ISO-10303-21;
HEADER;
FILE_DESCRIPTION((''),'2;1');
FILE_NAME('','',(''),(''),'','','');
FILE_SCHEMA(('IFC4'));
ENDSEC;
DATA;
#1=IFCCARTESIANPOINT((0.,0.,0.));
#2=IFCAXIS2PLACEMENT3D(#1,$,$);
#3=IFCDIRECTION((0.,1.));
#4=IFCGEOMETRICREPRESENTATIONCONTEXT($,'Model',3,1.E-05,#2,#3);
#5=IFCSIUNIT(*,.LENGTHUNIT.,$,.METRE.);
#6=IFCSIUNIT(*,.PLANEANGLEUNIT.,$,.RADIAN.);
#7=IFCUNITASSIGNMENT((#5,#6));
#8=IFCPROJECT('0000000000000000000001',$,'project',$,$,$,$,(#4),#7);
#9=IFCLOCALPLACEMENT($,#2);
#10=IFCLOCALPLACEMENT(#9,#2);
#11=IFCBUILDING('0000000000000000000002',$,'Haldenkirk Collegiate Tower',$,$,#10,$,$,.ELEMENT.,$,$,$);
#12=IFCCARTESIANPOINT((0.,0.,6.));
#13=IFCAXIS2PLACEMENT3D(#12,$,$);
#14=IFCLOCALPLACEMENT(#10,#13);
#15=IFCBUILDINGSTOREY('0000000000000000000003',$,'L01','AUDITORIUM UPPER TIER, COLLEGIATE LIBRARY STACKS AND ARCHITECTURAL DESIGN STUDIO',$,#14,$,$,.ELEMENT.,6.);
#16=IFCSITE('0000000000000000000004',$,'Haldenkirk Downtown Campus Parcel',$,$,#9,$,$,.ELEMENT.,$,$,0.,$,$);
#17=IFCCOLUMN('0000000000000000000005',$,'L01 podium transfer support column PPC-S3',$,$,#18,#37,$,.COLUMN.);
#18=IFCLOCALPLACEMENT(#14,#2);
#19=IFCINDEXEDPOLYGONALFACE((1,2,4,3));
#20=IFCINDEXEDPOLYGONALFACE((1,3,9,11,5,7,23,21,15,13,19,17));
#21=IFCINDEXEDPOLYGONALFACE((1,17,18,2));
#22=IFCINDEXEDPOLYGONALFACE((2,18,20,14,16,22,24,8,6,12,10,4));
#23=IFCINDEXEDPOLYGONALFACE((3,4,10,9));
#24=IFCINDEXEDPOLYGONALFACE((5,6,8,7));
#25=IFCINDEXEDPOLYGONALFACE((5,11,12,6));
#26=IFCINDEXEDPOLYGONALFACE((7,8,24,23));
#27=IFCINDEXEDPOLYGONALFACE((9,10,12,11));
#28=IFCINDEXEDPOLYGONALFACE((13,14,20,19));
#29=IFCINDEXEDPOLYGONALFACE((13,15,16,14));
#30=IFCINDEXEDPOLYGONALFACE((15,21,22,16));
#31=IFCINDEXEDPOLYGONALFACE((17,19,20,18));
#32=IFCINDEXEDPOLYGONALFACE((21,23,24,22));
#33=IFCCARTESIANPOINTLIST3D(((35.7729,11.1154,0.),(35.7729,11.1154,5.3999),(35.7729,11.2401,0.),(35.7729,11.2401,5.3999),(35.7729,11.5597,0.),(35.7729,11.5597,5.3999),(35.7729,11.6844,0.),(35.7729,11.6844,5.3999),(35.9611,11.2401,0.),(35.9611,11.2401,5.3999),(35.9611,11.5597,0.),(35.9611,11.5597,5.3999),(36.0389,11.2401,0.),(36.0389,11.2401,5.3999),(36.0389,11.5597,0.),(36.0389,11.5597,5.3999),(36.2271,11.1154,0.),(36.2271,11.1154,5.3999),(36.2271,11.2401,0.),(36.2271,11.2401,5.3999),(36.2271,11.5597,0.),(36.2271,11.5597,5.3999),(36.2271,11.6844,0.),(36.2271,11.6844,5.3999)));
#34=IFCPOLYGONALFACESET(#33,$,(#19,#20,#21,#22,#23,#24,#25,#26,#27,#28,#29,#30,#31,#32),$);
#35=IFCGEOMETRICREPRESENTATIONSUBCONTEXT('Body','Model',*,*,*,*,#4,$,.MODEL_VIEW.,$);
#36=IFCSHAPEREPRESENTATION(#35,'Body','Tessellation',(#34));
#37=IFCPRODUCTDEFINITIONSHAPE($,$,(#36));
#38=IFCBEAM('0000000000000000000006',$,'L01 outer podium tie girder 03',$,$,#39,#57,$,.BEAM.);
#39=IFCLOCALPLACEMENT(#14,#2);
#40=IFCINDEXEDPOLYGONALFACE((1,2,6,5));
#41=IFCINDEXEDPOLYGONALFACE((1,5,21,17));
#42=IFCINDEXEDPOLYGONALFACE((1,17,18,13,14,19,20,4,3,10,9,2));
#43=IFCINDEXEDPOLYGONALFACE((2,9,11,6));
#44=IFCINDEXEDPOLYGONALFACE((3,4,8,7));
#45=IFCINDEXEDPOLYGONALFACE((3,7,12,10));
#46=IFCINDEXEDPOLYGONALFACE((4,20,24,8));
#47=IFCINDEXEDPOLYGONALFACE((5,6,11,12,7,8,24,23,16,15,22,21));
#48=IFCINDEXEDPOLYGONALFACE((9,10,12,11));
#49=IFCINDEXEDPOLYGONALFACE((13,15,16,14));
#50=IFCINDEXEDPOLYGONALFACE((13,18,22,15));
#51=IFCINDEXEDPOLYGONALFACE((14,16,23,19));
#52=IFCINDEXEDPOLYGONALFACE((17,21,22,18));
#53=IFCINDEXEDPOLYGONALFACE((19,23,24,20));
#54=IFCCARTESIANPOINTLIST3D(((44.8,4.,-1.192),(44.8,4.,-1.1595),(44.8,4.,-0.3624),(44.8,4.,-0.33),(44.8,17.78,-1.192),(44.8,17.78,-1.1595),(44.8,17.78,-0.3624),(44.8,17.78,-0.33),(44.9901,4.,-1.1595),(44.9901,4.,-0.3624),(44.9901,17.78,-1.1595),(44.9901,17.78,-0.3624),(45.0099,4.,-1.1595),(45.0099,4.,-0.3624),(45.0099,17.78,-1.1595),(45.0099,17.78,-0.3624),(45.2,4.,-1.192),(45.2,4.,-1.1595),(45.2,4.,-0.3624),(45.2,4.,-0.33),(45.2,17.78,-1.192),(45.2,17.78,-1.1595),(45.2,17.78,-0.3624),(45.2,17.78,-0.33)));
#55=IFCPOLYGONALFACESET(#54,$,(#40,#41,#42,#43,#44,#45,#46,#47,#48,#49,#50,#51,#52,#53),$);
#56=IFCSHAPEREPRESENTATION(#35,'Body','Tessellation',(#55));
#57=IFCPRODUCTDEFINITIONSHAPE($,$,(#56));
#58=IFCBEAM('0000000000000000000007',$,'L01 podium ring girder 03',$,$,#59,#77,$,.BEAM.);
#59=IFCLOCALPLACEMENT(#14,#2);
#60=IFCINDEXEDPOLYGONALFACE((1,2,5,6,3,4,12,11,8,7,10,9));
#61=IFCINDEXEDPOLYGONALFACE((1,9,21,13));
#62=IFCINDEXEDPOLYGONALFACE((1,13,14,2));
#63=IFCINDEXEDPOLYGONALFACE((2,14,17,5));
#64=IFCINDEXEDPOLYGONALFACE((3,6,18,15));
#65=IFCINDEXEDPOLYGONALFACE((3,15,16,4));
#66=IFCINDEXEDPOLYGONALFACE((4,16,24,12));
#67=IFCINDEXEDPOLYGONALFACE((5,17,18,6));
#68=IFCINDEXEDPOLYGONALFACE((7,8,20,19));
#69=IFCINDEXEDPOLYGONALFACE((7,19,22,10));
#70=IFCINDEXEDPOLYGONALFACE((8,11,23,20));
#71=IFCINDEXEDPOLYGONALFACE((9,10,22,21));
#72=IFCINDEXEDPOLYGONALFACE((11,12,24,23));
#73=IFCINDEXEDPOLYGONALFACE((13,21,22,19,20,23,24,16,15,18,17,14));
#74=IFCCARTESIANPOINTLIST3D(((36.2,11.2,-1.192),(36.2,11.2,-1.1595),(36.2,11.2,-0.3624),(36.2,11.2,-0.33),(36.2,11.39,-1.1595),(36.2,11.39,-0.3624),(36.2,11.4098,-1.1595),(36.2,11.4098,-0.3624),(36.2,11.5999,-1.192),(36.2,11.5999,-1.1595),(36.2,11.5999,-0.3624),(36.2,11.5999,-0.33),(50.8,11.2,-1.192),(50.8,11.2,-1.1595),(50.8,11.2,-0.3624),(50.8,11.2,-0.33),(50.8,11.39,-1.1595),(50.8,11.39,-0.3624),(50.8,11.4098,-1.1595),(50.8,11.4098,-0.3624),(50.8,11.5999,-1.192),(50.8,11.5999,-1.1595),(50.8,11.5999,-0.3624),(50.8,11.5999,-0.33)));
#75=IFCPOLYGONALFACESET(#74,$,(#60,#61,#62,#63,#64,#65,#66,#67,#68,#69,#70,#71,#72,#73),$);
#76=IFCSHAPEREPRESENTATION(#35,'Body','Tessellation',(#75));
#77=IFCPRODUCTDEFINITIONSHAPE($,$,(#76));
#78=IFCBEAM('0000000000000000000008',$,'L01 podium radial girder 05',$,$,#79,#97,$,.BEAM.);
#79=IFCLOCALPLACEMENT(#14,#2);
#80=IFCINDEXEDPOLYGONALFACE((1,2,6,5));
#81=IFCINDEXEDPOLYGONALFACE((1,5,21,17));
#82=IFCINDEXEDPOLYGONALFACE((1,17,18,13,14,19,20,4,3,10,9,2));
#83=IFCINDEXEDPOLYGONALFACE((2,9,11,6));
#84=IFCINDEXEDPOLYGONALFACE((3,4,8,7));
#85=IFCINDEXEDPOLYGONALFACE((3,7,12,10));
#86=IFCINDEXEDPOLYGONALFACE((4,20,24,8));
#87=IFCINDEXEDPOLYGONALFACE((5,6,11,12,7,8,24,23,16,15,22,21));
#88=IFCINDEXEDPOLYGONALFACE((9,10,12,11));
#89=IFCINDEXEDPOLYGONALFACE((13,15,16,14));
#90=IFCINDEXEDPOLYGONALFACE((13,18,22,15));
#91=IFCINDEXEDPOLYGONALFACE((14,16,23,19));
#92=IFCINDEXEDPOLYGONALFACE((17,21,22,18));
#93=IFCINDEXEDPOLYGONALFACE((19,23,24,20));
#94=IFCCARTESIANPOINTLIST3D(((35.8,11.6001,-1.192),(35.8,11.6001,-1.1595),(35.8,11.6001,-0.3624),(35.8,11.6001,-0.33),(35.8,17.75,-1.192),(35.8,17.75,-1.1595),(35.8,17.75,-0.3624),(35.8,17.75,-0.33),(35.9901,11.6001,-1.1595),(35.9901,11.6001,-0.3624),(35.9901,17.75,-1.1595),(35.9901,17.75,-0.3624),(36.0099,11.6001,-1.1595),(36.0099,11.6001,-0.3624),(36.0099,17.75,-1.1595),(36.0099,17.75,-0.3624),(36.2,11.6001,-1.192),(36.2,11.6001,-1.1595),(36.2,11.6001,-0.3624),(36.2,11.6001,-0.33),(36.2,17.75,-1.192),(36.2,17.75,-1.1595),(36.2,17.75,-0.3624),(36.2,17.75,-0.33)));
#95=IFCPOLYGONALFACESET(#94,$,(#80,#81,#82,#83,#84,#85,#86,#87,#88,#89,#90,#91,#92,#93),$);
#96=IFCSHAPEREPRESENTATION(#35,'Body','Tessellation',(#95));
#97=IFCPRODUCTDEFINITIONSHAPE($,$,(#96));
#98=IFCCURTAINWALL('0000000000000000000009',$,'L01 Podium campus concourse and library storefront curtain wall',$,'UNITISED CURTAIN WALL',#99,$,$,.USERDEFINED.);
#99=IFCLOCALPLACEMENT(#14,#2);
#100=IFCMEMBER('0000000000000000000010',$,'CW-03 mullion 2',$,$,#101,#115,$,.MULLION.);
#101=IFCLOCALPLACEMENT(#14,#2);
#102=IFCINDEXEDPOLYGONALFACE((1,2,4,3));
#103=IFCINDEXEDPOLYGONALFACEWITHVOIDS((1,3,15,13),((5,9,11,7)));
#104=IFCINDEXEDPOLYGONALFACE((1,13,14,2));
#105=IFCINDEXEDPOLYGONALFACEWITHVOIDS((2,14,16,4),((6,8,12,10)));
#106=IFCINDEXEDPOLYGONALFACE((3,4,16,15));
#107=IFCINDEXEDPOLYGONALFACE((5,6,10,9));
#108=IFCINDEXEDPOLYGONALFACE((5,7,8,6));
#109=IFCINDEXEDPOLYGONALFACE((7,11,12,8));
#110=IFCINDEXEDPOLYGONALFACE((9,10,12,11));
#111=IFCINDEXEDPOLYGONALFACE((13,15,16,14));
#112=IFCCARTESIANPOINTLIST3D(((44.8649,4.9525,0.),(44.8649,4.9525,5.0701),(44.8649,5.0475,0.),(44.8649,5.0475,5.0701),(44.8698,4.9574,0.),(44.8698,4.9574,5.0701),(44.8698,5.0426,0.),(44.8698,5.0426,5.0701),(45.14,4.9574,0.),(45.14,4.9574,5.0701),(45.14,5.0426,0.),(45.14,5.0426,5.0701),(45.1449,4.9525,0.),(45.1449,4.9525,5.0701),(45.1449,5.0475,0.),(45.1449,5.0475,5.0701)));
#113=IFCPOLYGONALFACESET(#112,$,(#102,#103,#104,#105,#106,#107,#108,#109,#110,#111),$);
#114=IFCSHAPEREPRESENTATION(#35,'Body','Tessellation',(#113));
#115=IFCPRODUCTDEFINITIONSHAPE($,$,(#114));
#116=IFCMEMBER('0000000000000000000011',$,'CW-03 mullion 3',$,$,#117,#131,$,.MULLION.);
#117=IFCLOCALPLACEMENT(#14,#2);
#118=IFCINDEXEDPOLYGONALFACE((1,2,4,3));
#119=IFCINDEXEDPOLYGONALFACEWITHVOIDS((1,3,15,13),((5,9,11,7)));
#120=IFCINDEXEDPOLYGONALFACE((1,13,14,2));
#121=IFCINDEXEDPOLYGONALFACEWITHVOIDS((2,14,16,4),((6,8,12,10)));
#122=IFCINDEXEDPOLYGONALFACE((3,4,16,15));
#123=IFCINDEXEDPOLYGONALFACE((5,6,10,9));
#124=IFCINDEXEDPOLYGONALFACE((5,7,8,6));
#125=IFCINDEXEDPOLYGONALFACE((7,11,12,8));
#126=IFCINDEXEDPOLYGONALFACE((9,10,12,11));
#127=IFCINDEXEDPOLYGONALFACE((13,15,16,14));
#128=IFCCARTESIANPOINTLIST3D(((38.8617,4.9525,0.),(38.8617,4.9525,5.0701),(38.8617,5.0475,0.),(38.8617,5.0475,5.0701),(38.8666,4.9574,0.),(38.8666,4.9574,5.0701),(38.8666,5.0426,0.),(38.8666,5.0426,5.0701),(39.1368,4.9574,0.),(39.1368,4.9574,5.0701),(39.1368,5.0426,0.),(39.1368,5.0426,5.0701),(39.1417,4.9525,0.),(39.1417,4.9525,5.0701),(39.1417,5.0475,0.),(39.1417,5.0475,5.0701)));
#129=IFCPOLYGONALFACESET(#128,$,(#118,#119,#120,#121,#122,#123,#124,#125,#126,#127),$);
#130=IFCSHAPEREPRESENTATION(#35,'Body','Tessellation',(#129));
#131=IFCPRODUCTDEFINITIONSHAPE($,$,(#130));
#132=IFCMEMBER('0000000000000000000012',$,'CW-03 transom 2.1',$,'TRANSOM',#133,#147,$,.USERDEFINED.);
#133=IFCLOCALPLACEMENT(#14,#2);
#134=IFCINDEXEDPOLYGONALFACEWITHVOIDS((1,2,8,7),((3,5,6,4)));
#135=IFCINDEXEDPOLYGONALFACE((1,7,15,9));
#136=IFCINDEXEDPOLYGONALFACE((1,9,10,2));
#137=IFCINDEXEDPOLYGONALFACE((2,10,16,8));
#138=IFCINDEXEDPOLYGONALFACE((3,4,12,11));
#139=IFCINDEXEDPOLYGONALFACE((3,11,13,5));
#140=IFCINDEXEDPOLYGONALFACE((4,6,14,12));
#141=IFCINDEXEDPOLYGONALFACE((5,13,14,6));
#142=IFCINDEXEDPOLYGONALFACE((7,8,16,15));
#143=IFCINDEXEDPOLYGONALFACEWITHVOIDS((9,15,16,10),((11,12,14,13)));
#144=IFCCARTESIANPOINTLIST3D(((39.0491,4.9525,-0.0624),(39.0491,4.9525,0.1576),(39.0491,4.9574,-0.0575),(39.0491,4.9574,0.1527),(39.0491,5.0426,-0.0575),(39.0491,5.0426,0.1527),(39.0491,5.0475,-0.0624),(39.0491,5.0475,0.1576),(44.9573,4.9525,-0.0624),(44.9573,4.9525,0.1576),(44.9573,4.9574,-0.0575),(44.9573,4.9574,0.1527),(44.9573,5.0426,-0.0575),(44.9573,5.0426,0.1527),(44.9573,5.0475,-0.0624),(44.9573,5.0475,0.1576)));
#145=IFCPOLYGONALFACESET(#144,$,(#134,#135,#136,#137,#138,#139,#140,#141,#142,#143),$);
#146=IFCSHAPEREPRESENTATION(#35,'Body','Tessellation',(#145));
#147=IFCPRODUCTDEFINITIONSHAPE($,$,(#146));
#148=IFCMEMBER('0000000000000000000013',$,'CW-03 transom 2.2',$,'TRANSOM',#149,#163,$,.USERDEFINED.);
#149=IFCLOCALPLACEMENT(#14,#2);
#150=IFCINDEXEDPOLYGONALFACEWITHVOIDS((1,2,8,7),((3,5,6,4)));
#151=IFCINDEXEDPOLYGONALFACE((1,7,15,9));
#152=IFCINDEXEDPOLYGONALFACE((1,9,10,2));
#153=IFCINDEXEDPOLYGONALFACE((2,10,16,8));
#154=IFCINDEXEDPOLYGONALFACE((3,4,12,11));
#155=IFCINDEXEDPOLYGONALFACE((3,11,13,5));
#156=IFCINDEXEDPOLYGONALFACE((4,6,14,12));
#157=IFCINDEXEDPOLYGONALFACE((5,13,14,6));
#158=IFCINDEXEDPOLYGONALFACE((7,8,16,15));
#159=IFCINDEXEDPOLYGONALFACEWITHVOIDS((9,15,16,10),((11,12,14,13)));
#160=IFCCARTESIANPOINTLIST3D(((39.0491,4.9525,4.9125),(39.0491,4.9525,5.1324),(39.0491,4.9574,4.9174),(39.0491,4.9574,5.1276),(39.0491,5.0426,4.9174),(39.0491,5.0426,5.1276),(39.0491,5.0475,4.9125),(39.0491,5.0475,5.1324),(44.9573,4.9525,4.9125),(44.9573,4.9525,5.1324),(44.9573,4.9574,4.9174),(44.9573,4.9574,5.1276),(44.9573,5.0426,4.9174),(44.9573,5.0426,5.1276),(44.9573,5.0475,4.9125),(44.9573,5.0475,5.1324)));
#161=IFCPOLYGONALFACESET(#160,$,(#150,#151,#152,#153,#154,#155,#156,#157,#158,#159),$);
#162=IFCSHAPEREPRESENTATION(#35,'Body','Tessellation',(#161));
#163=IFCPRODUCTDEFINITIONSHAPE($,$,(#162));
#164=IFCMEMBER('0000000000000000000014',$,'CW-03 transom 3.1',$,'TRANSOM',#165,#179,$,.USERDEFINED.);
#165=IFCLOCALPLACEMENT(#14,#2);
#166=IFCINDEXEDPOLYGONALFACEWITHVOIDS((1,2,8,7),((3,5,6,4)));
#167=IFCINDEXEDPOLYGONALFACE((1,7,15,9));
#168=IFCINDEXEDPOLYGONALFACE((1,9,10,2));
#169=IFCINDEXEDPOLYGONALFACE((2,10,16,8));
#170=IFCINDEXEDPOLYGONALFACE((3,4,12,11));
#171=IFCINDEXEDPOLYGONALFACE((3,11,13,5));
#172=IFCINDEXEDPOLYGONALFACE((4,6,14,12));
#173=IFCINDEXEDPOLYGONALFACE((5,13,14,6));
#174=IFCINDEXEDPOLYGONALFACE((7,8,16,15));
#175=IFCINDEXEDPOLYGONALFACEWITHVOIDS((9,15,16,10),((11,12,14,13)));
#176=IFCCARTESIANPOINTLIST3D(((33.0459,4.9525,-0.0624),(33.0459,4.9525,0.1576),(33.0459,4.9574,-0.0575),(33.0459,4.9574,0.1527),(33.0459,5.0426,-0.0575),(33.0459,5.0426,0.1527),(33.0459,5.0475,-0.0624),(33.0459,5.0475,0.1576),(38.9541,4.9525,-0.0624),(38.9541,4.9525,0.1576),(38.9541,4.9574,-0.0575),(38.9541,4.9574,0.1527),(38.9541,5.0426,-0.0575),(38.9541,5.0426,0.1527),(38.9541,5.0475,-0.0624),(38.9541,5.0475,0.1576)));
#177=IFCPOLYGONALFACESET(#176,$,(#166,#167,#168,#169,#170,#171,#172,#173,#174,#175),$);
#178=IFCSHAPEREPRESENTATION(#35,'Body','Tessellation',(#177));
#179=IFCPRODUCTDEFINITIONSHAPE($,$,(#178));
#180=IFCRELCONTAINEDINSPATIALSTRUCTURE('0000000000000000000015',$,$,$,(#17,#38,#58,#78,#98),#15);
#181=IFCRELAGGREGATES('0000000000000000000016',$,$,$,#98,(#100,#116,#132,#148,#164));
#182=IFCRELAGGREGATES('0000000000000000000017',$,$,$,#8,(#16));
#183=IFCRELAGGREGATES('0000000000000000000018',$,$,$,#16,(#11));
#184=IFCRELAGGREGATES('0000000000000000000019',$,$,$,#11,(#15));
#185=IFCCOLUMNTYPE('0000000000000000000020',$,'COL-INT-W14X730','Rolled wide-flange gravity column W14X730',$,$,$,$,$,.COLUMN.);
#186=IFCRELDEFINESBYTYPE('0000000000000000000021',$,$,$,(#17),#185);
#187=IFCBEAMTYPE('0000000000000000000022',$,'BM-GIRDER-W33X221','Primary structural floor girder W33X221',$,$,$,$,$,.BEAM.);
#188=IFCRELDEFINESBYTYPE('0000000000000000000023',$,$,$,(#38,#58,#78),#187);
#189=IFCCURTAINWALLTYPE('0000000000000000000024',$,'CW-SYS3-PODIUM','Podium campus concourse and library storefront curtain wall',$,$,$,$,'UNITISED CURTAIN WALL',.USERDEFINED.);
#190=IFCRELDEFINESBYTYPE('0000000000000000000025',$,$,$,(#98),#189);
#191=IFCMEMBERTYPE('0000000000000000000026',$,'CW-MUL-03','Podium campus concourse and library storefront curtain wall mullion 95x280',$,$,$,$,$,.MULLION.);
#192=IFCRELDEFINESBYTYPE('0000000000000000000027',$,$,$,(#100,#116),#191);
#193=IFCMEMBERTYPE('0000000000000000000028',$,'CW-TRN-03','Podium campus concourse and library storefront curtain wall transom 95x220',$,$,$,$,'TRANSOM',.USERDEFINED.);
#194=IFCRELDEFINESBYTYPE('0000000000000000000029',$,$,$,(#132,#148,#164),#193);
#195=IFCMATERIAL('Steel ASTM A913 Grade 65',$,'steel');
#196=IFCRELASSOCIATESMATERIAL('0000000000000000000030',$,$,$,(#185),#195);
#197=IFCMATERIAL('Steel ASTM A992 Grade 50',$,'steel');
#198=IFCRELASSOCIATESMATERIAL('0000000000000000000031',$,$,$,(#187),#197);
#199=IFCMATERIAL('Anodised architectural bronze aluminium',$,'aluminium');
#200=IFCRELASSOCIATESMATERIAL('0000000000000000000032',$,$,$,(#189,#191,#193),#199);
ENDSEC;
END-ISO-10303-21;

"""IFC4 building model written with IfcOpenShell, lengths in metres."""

from ifc_helpers import new_model, si_unit, direction, frame, origin, origin_2d, place, context, subcontext, project, spatial, hollow_rectangle, i_section, extrude, material, material_profile, profile_set, type_object, element, aggregate, save


model = new_model("IFC4")

# Units and contexts
model_context = context("Model", 3, precision=1e-05, world=origin(), true_north=direction((0.0, 1.0)))
body_context = subcontext(model_context, "Body", "Model", "MODEL_VIEW")
ifc_project = project(units=[si_unit("LENGTHUNIT", "METRE"), si_unit("PLANEANGLEUNIT", "RADIAN")], contexts=[model_context])

# Site, building, storey
site_placement = place(None, origin())
site = spatial("IfcSite", under=ifc_project, at=site_placement, Name="Haldenkirk Downtown Campus Parcel", CompositionType="ELEMENT", RefElevation=0.0)
building_placement = place(site_placement, origin())
building = spatial("IfcBuilding", under=site, at=building_placement, Name="Haldenkirk Collegiate Tower", CompositionType="ELEMENT")
storey_placement = place(building_placement, frame((0.0, 0.0, 6.0)))
storey = spatial("IfcBuildingStorey", under=building, at=storey_placement, Name="L01", Description="AUDITORIUM UPPER TIER, COLLEGIATE LIBRARY STACKS AND ARCHITECTURAL DESIGN STUDIO", CompositionType="ELEMENT", Elevation=6.0)

# Column
ifc_material_1 = material(Name="Steel ASTM A913 Grade 65", Category="steel")
ifc_material_profile_1 = material_profile(ifc_material_1, i_section(OverallWidth=0.4541, OverallDepth=0.5691, WebThickness=0.0779, FlangeThickness=0.1248, at=origin_2d()), Name="W14X730")
ifc_profile_set_1 = profile_set([ifc_material_profile_1], Name="Steel ASTM A913 Grade 65")
column_type = type_object("IfcColumnType", Name="COL-INT-W14X730", Description="Rolled wide-flange gravity column W14X730", PredefinedType="COLUMN", material=ifc_profile_set_1)
column_placement = place(storey_placement, frame((36.0, 11.3999, 0.0), z_axis=(0.0, 0.0, 1.0), x_axis=(1.0, 0.0, 0.0)))
element("IfcColumn", 1, at=column_placement, inside=storey, type_object=column_type, Name="L01 podium transfer support column PPC-S3", PredefinedType="COLUMN", context=body_context, shape_type="SweptSolid", body=[
    extrude(i_section(OverallWidth=0.4541, OverallDepth=0.5691, WebThickness=0.0779, FlangeThickness=0.1248, at=origin_2d()), origin(), (0.0, 0.0, 1.0), 5.3999),
])

# Beams
ifc_material_2 = material(Name="Steel ASTM A992 Grade 50", Category="steel")
ifc_material_profile_2 = material_profile(ifc_material_2, i_section(OverallWidth=0.3999, OverallDepth=0.8621, WebThickness=0.0198, FlangeThickness=0.0325, at=origin_2d()), Name="W33X221")
ifc_profile_set_2 = profile_set([ifc_material_profile_2], Name="Steel ASTM A992 Grade 50")
beam_type = type_object("IfcBeamType", Name="BM-GIRDER-W33X221", Description="Primary structural floor girder W33X221", PredefinedType="BEAM", material=ifc_profile_set_2)
beam_1_placement = place(storey_placement, frame((45.0, 4.0, -0.761), z_axis=(0.0, 1.0, 0.0), x_axis=(-1.0, 0.0, 0.0)))
element("IfcBeam", 2, at=beam_1_placement, inside=storey, type_object=beam_type, Name="L01 outer podium tie girder 03", PredefinedType="BEAM", context=body_context, shape_type="SweptSolid", body=[
    extrude(i_section(OverallWidth=0.3999, OverallDepth=0.8621, WebThickness=0.0198, FlangeThickness=0.0325, at=origin_2d()), origin(), (0.0, 0.0, 1.0), 13.78),
])
beam_2_placement = place(storey_placement, frame((36.2, 11.3999, -0.761), z_axis=(1.0, 0.0, 0.0), x_axis=(0.0, 1.0, 0.0)))
element("IfcBeam", 3, at=beam_2_placement, inside=storey, type_object=beam_type, Name="L01 podium ring girder 03", PredefinedType="BEAM", context=body_context, shape_type="SweptSolid", body=[
    extrude(i_section(OverallWidth=0.3999, OverallDepth=0.8621, WebThickness=0.0198, FlangeThickness=0.0325, at=origin_2d()), origin(), (0.0, 0.0, 1.0), 14.6001),
])
beam_3_placement = place(storey_placement, frame((36.0, 11.6001, -0.761), z_axis=(0.0, 1.0, 0.0), x_axis=(-1.0, 0.0, 0.0)))
element("IfcBeam", 4, at=beam_3_placement, inside=storey, type_object=beam_type, Name="L01 podium radial girder 05", PredefinedType="BEAM", context=body_context, shape_type="SweptSolid", body=[
    extrude(i_section(OverallWidth=0.3999, OverallDepth=0.8621, WebThickness=0.0198, FlangeThickness=0.0325, at=origin_2d()), origin(), (0.0, 0.0, 1.0), 6.1499),
])

# Curtain wall, members
ifc_material_3 = material(Name="Anodised architectural bronze aluminium", Category="aluminium")
curtain_wall_type = type_object("IfcCurtainWallType", Name="CW-SYS3-PODIUM", Description="Podium campus concourse and library storefront curtain wall", ElementType="UNITISED CURTAIN WALL", PredefinedType="USERDEFINED", material=ifc_material_3)
curtain_wall_placement = place(storey_placement, origin())
curtain_wall = element("IfcCurtainWall", 5, at=curtain_wall_placement, inside=storey, type_object=curtain_wall_type, Name="L01 Podium campus concourse and library storefront curtain wall", ObjectType="UNITISED CURTAIN WALL", PredefinedType="USERDEFINED")
ifc_material_profile_3 = material_profile(ifc_material_3, hollow_rectangle(XDim=0.095, YDim=0.28, WallThickness=0.0049, at=origin_2d()), Name="CW-MUL-03")
ifc_profile_set_3 = profile_set([ifc_material_profile_3], Name="Anodised architectural bronze aluminium")
member_type_1 = type_object("IfcMemberType", Name="CW-MUL-03", Description="Podium campus concourse and library storefront curtain wall mullion 95x280", PredefinedType="MULLION", material=ifc_profile_set_3)
member_1_placement = place(storey_placement, frame((45.0049, 5.0, 0.0), z_axis=(0.0, 0.0, 1.0), x_axis=(0.0, -1.0, 0.0)))
member_1 = element("IfcMember", 6, at=member_1_placement, type_object=member_type_1, Name="CW-03 mullion 2", PredefinedType="MULLION", context=body_context, shape_type="SweptSolid", body=[
    extrude(hollow_rectangle(XDim=0.095, YDim=0.28, WallThickness=0.0049, at=origin_2d()), origin(), (0.0, 0.0, 1.0), 5.0701),
])
member_2_placement = place(storey_placement, frame((39.0017, 5.0, 0.0), z_axis=(0.0, 0.0, 1.0), x_axis=(0.0, -1.0, 0.0)))
member_2 = element("IfcMember", 7, at=member_2_placement, type_object=member_type_1, Name="CW-03 mullion 3", PredefinedType="MULLION", context=body_context, shape_type="SweptSolid", body=[
    extrude(hollow_rectangle(XDim=0.095, YDim=0.28, WallThickness=0.0049, at=origin_2d()), origin(), (0.0, 0.0, 1.0), 5.0701),
])
ifc_material_profile_4 = material_profile(ifc_material_3, hollow_rectangle(XDim=0.095, YDim=0.22, WallThickness=0.0049, at=origin_2d()), Name="CW-TRN-03")
ifc_profile_set_4 = profile_set([ifc_material_profile_4], Name="Anodised architectural bronze aluminium")
member_type_2 = type_object("IfcMemberType", Name="CW-TRN-03", Description="Podium campus concourse and library storefront curtain wall transom 95x220", ElementType="TRANSOM", PredefinedType="USERDEFINED", material=ifc_profile_set_4)
member_3_placement = place(storey_placement, frame((44.9573, 5.0, 0.0476), z_axis=(-1.0, 0.0, 0.0), x_axis=(0.0, -1.0, 0.0)))
member_3 = element("IfcMember", 8, at=member_3_placement, type_object=member_type_2, Name="CW-03 transom 2.1", ObjectType="TRANSOM", PredefinedType="USERDEFINED", context=body_context, shape_type="SweptSolid", body=[
    extrude(hollow_rectangle(XDim=0.095, YDim=0.22, WallThickness=0.0049, at=origin_2d()), origin(), (0.0, 0.0, 1.0), 5.9082),
])
member_4_placement = place(storey_placement, frame((44.9573, 5.0, 5.0225), z_axis=(-1.0, 0.0, 0.0), x_axis=(0.0, -1.0, 0.0)))
member_4 = element("IfcMember", 9, at=member_4_placement, type_object=member_type_2, Name="CW-03 transom 2.2", ObjectType="TRANSOM", PredefinedType="USERDEFINED", context=body_context, shape_type="SweptSolid", body=[
    extrude(hollow_rectangle(XDim=0.095, YDim=0.22, WallThickness=0.0049, at=origin_2d()), origin(), (0.0, 0.0, 1.0), 5.9082),
])
member_5_placement = place(storey_placement, frame((38.9541, 5.0, 0.0476), z_axis=(-1.0, 0.0, 0.0), x_axis=(0.0, -1.0, 0.0)))
member_5 = element("IfcMember", 10, at=member_5_placement, type_object=member_type_2, Name="CW-03 transom 3.1", ObjectType="TRANSOM", PredefinedType="USERDEFINED", context=body_context, shape_type="SweptSolid", body=[
    extrude(hollow_rectangle(XDim=0.095, YDim=0.22, WallThickness=0.0049, at=origin_2d()), origin(), (0.0, 0.0, 1.0), 5.9082),
])
aggregate(curtain_wall, [member_1, member_2, member_3, member_4, member_5])

save(model, "model.ifc")
